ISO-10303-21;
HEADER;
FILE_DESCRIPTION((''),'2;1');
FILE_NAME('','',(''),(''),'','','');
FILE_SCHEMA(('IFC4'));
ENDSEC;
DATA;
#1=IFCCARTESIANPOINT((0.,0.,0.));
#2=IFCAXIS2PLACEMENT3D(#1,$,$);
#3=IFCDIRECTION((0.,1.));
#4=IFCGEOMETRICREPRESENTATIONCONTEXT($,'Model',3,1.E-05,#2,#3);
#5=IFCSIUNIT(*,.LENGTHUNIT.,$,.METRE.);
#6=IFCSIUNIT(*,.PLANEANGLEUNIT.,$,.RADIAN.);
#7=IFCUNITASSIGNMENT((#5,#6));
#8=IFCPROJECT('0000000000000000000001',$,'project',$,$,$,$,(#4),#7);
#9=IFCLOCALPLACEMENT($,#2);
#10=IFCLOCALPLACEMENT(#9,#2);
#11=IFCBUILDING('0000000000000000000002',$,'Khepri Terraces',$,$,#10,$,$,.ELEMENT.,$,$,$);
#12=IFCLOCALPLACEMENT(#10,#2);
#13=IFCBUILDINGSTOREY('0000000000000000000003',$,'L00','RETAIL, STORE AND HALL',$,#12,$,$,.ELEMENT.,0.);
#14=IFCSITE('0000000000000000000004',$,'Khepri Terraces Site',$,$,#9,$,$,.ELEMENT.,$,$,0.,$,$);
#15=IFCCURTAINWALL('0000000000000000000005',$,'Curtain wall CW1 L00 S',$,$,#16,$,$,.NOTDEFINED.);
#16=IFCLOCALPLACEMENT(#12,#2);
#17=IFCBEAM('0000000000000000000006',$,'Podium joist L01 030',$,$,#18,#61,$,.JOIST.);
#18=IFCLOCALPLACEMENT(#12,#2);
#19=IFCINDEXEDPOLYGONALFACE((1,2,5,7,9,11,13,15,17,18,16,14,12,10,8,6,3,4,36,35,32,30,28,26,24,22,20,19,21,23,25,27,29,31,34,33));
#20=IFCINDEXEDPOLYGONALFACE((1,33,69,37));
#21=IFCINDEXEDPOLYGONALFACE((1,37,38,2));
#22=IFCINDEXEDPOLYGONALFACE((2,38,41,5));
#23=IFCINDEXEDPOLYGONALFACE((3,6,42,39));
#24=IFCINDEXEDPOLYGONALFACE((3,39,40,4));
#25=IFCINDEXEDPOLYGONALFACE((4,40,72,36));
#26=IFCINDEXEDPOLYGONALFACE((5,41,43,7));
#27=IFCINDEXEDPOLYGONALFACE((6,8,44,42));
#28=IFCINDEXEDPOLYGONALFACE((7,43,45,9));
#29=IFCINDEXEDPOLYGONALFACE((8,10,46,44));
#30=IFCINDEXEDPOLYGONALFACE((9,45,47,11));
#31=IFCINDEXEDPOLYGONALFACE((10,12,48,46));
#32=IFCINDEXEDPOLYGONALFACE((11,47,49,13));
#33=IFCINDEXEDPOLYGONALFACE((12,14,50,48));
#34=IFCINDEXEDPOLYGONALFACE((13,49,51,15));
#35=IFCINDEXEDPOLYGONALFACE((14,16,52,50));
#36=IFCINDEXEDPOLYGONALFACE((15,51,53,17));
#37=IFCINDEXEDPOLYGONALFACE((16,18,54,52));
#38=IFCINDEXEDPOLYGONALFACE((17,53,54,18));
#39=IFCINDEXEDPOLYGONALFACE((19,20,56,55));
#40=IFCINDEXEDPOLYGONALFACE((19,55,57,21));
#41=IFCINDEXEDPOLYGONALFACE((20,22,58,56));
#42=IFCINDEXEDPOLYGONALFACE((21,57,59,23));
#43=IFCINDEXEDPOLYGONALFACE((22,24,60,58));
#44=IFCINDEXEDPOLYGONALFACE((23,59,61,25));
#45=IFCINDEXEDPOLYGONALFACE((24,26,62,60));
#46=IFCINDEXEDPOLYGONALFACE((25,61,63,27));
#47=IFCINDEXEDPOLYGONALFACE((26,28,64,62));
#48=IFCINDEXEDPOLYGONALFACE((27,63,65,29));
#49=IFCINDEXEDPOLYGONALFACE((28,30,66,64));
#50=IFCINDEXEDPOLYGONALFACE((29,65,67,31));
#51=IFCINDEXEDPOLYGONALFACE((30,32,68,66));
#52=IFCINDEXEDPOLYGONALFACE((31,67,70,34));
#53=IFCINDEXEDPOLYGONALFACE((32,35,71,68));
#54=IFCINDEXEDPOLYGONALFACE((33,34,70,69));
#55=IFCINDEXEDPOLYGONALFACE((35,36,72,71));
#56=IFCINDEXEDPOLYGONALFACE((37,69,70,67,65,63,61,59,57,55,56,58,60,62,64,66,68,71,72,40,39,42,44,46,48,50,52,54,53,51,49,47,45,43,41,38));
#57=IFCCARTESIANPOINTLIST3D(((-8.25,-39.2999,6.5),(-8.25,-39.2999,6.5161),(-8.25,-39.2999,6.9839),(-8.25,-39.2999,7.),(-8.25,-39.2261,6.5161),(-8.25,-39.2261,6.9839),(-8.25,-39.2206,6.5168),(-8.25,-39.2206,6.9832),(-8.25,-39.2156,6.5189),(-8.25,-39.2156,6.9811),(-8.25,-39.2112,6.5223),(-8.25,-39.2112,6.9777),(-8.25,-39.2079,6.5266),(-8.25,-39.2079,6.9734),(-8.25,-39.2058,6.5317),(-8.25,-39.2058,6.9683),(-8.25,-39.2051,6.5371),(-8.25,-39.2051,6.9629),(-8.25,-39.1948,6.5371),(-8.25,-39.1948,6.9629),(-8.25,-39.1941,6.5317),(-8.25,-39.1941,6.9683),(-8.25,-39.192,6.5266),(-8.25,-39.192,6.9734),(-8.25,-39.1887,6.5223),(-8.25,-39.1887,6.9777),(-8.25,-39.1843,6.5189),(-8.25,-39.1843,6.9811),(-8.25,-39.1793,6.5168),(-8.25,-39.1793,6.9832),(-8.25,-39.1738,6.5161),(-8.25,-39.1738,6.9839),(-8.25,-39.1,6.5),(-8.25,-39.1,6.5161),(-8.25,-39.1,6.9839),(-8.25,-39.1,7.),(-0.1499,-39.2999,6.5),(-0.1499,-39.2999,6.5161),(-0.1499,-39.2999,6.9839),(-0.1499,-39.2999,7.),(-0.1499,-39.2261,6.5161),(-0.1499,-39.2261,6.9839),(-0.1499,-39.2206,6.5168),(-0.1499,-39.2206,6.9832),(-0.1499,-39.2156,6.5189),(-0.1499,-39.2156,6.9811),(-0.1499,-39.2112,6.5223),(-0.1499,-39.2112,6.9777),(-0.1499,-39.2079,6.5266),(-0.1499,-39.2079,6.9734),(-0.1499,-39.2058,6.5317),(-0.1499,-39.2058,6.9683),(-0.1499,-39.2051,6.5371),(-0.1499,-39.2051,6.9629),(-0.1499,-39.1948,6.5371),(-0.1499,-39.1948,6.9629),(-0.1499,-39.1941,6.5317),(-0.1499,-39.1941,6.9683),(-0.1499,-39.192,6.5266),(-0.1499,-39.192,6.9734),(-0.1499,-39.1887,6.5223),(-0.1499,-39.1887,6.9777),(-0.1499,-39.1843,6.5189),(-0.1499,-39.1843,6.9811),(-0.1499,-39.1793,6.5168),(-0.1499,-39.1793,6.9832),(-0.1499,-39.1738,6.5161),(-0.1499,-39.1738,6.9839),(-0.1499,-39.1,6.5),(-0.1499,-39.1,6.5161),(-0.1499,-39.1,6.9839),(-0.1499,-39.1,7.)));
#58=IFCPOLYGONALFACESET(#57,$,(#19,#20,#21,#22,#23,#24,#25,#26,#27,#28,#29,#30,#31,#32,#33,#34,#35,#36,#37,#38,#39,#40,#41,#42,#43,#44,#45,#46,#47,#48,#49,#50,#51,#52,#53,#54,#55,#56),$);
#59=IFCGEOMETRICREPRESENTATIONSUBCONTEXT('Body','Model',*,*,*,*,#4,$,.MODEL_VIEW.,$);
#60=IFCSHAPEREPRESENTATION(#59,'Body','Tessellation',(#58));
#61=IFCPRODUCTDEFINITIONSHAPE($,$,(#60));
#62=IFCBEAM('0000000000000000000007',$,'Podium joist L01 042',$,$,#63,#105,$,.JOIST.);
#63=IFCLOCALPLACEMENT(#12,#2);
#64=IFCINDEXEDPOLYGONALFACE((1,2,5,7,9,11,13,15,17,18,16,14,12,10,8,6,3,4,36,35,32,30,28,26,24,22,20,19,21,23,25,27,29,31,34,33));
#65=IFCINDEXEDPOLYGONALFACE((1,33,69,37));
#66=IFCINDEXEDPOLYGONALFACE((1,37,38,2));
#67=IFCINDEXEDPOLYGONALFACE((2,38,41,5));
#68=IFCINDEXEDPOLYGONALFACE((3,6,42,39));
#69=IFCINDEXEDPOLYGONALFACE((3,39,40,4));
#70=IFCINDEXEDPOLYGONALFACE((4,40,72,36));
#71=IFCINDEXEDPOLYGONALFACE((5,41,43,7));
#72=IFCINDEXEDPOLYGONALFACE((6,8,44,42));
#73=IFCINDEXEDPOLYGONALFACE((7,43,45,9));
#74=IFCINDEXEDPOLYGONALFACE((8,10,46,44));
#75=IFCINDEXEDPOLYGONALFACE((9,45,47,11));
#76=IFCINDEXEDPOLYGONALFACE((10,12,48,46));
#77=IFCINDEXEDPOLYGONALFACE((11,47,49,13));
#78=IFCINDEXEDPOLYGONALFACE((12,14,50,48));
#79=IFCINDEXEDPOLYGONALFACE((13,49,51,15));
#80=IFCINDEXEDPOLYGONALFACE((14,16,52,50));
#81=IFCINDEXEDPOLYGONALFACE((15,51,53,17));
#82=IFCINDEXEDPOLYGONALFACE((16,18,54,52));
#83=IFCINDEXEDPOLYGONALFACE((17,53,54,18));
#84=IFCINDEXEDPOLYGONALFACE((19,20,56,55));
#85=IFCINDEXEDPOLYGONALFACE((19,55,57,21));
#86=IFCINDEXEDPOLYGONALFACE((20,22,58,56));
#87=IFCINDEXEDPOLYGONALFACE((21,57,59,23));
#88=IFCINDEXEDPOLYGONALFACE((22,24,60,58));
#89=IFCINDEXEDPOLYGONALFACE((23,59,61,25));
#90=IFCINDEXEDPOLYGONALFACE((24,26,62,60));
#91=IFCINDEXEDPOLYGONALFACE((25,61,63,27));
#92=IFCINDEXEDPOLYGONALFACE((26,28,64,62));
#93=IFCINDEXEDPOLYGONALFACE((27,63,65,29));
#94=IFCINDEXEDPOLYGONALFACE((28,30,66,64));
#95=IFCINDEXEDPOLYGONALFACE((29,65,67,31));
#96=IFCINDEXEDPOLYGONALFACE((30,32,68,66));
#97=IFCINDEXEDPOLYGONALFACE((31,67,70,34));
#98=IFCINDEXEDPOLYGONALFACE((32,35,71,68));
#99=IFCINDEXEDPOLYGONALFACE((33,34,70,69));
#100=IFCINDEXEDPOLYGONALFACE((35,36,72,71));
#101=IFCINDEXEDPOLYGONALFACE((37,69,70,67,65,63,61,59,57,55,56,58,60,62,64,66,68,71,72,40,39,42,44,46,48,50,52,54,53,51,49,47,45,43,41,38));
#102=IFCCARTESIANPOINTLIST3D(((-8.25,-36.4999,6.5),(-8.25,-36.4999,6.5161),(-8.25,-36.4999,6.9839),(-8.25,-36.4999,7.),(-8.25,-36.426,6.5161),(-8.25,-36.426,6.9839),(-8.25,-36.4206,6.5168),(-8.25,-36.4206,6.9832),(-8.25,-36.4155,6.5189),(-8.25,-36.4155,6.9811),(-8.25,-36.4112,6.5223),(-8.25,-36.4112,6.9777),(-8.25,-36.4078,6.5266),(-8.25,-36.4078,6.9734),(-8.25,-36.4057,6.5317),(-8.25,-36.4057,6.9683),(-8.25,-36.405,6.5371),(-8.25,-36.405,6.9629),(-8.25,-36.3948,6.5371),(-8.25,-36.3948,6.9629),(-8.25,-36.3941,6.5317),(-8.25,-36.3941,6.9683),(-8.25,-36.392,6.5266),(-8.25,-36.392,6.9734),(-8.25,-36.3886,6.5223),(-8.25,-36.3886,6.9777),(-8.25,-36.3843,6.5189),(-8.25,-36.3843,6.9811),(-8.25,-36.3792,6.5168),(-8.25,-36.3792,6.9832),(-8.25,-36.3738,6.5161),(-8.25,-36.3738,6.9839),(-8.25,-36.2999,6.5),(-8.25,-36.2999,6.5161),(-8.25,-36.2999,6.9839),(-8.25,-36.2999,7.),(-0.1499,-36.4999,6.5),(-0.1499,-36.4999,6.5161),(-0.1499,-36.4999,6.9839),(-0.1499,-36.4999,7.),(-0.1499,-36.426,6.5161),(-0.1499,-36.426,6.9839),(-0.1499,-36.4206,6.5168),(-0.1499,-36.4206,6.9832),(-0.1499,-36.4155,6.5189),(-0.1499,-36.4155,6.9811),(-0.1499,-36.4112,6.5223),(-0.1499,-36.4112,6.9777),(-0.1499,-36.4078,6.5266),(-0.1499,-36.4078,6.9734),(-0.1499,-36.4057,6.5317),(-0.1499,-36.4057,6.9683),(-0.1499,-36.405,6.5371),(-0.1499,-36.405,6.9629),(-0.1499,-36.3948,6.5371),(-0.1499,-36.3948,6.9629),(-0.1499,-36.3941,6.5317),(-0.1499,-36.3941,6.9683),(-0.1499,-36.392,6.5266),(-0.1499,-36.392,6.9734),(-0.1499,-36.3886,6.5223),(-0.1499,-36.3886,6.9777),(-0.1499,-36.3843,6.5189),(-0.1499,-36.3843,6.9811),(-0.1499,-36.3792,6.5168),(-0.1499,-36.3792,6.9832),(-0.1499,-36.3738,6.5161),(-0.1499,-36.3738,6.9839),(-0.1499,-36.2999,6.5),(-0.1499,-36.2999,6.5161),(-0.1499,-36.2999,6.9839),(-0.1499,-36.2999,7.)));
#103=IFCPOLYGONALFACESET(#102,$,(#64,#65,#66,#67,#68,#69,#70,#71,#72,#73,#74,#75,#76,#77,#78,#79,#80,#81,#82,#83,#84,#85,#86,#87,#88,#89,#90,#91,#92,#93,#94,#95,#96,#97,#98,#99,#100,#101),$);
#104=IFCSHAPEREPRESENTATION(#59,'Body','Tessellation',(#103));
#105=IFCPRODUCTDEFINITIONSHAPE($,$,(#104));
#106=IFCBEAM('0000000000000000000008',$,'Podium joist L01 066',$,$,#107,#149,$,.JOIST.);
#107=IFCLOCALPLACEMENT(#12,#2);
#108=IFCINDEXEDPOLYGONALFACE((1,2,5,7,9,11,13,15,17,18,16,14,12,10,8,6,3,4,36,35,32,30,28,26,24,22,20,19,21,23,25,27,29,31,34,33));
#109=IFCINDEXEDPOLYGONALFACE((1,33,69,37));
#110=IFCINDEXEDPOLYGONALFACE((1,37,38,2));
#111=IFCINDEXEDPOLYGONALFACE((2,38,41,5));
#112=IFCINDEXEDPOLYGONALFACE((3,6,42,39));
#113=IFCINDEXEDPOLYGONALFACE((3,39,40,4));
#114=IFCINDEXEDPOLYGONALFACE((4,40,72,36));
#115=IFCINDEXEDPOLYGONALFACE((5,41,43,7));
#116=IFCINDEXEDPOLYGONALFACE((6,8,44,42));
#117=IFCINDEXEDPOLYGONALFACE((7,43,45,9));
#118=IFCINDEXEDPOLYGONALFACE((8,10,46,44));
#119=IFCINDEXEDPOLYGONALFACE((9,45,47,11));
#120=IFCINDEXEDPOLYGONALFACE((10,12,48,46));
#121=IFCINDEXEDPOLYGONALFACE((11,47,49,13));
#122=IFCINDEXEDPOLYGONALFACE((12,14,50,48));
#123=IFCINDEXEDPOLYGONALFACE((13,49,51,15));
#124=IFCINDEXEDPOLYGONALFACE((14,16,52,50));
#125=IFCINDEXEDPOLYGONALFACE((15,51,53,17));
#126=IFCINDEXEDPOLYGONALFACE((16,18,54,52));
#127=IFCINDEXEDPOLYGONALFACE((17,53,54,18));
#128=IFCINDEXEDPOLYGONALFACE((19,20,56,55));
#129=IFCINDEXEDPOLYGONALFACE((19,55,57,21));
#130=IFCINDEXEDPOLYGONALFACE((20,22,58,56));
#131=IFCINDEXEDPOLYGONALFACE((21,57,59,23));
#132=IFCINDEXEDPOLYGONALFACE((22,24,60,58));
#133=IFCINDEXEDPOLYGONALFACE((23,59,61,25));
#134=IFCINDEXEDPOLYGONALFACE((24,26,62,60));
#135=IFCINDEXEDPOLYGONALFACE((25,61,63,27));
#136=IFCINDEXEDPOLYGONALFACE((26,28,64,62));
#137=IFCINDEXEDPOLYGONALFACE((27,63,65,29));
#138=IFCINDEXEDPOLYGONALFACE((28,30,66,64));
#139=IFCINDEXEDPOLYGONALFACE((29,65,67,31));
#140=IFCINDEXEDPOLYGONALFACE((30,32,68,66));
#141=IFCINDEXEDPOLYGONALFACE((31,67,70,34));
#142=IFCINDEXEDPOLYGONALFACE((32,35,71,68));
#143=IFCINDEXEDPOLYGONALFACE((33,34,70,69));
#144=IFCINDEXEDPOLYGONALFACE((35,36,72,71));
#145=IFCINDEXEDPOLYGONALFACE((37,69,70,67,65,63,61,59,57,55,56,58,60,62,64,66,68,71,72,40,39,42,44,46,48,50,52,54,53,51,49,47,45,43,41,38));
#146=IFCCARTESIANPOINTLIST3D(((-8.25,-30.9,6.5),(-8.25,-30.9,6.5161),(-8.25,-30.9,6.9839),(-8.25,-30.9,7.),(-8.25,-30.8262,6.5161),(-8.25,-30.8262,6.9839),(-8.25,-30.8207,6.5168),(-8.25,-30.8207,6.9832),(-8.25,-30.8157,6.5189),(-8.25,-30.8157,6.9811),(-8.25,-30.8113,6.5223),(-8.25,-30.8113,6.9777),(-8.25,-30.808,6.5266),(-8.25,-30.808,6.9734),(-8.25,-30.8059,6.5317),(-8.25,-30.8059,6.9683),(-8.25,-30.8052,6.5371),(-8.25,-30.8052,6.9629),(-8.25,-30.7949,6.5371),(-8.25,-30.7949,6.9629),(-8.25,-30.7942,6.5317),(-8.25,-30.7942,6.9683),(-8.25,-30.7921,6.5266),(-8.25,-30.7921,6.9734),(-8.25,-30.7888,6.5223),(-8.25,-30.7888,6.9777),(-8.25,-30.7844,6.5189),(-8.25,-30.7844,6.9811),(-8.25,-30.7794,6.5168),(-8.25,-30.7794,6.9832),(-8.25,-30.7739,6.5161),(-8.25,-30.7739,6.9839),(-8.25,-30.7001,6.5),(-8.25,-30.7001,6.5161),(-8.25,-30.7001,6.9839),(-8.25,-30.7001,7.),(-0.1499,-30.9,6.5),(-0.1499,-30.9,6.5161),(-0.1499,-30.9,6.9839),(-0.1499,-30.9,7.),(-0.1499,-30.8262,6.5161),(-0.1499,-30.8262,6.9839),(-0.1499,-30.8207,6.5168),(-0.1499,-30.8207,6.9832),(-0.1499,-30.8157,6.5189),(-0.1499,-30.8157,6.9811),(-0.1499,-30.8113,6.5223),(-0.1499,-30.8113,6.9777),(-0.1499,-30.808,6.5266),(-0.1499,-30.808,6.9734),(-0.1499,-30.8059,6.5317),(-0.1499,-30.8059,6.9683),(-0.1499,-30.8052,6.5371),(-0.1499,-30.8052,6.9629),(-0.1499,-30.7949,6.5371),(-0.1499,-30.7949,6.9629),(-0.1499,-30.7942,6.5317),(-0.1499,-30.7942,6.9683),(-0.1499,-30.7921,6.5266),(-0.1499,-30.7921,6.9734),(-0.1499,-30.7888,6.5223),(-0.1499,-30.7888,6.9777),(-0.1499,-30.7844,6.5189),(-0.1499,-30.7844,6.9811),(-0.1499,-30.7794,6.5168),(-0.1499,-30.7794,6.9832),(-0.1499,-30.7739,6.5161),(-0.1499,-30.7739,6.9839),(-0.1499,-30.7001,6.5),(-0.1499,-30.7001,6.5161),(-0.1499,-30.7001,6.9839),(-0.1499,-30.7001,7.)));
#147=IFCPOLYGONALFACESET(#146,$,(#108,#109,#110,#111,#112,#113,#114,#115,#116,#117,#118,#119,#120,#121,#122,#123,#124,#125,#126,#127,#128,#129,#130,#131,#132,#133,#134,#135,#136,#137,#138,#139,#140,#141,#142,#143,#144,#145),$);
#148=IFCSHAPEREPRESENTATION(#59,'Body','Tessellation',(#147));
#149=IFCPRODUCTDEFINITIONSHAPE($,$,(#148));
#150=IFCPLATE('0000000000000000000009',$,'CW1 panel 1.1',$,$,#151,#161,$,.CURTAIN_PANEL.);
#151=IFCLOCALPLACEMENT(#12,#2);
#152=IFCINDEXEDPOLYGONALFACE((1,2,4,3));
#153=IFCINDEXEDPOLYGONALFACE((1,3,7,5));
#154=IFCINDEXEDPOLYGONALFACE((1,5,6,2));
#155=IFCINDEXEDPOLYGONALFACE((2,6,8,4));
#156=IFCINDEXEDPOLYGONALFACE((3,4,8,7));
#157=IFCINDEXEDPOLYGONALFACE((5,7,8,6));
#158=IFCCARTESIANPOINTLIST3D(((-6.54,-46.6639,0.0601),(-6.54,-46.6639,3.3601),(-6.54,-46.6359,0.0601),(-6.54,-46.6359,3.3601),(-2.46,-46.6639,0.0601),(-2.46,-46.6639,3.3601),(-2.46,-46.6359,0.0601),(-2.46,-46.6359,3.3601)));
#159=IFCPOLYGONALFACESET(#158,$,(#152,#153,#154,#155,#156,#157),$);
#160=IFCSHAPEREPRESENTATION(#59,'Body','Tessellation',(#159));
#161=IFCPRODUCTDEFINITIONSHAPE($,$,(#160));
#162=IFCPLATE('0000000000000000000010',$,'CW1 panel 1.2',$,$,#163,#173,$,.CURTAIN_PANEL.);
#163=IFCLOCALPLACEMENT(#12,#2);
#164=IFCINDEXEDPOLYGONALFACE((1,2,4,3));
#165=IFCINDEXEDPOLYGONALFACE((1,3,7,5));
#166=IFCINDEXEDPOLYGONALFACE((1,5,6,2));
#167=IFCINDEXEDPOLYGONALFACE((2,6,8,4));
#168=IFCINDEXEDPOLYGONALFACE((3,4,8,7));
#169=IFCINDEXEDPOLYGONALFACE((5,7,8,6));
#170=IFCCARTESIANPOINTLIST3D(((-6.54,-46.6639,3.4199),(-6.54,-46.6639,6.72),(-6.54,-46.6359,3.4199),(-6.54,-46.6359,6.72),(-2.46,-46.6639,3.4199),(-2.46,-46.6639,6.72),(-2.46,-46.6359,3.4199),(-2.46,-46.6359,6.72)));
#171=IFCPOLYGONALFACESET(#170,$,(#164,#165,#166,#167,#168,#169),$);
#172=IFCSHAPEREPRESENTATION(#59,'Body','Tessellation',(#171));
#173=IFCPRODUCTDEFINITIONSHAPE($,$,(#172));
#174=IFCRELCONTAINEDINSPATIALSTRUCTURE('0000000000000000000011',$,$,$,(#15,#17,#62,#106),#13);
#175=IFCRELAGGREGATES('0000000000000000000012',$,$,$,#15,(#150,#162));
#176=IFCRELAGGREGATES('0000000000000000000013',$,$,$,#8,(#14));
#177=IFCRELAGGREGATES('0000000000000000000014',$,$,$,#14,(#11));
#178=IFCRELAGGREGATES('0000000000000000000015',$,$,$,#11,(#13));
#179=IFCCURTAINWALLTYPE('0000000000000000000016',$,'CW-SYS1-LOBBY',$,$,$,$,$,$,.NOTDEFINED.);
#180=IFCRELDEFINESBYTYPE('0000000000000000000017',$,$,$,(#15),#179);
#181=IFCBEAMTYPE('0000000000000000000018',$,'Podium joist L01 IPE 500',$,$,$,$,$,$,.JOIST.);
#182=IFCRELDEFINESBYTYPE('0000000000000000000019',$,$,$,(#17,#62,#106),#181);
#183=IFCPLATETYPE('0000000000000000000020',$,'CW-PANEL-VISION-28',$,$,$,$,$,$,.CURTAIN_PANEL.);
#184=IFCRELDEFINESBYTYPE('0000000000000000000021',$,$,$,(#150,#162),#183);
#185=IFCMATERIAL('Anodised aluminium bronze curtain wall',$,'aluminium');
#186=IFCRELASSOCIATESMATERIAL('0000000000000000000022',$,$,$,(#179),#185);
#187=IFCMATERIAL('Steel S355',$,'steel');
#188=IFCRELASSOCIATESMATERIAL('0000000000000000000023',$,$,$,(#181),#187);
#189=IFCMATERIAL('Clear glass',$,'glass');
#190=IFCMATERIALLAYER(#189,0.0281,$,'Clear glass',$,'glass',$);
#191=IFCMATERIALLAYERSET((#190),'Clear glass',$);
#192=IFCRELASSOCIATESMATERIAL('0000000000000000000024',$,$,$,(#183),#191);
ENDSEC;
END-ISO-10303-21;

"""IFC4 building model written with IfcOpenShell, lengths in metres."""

from ifc_helpers import new_model, si_unit, direction, frame, origin, origin_2d, place, context, subcontext, project, spatial, rectangle, i_section, extrude, material, layer, layer_set, material_profile, profile_set, type_object, element, aggregate, save


model = new_model("IFC4")

# Units and contexts
model_context = context("Model", 3, precision=1e-05, world=origin(), true_north=direction((0.0, 1.0)))
body_context = subcontext(model_context, "Body", "Model", "MODEL_VIEW")
ifc_project = project(units=[si_unit("LENGTHUNIT", "METRE"), si_unit("PLANEANGLEUNIT", "RADIAN")], contexts=[model_context])

# Site, building, storey
site_placement = place(None, origin())
site = spatial("IfcSite", under=ifc_project, at=site_placement, Name="Khepri Terraces Site", CompositionType="ELEMENT", RefElevation=0.0)
building_placement = place(site_placement, origin())
building = spatial("IfcBuilding", under=site, at=building_placement, Name="Khepri Terraces", CompositionType="ELEMENT")
storey_placement = place(building_placement, origin())
storey = spatial("IfcBuildingStorey", under=building, at=storey_placement, Name="L00", Description="RETAIL, STORE AND HALL", CompositionType="ELEMENT", Elevation=0.0)

# Curtain wall
ifc_material_1 = material(Name="Anodised aluminium bronze curtain wall", Category="aluminium")
curtain_wall_type = type_object("IfcCurtainWallType", Name="CW-SYS1-LOBBY", PredefinedType="NOTDEFINED", material=ifc_material_1)
curtain_wall_placement = place(storey_placement, origin())
curtain_wall = element("IfcCurtainWall", 1, at=curtain_wall_placement, inside=storey, type_object=curtain_wall_type, Name="Curtain wall CW1 L00 S", PredefinedType="NOTDEFINED")

# Beams
ifc_material_2 = material(Name="Steel S355", Category="steel")
ifc_material_profile_1 = material_profile(ifc_material_2, i_section(OverallWidth=0.2, OverallDepth=0.5, WebThickness=0.0103, FlangeThickness=0.0161, FilletRadius=0.021, at=origin_2d()), Name="Steel S355", Category="steel")
ifc_profile_set_1 = profile_set([ifc_material_profile_1], Name="Steel S355")
beam_type_1 = type_object("IfcBeamType", Name="Podium joist L01 IPE 500", PredefinedType="JOIST", material=ifc_profile_set_1)
for number, where, z_axis, x_axis, name in (
    (2, (-8.25, -39.2, 6.75), (1.0, 0.0, 0.0), (0.0, 1.0, 0.0), "Podium joist L01 030"),
    (3, (-8.25, -36.3999, 6.75), (1.0, 0.0, 0.0), (0.0, 1.0, 0.0), "Podium joist L01 042"),
    (4, (-8.25, -30.8, 6.75), (1.0, 0.0, 0.0), (0.0, 1.0, 0.0), "Podium joist L01 066"),
):
    element("IfcBeam", number, at=place(storey_placement, frame(where, z_axis=z_axis, x_axis=x_axis)), inside=storey, type_object=beam_type_1, Name=name, PredefinedType="JOIST", context=body_context, shape_type="SweptSolid", body=[
        extrude(i_section(OverallWidth=0.2, OverallDepth=0.5, WebThickness=0.0103, FlangeThickness=0.0161, FilletRadius=0.021, at=origin_2d()), origin(), (0.0, 0.0, 1.0), 8.1001),
    ])

# Plates
ifc_material_3 = material(Name="Clear glass", Category="glass")
ifc_layer_1 = layer(ifc_material_3, 0.0281, Name="Clear glass", Category="glass")
ifc_layer_set_1 = layer_set([ifc_layer_1], Name="Clear glass")
plate_type = type_object("IfcPlateType", Name="CW-PANEL-VISION-28", PredefinedType="CURTAIN_PANEL", material=ifc_layer_set_1)
plate_1_placement = place(storey_placement, frame((-4.5, -46.6499, 0.0601), z_axis=(0.0, 0.0, 1.0), x_axis=(1.0, 0.0, 0.0)))
plate_1 = element("IfcPlate", 5, at=plate_1_placement, type_object=plate_type, Name="CW1 panel 1.1", PredefinedType="CURTAIN_PANEL", context=body_context, shape_type="SweptSolid", body=[
    extrude(rectangle(XDim=4.0801, YDim=0.0281, at=origin_2d()), origin(), (0.0, 0.0, 1.0), 3.3),
])
plate_2_placement = place(storey_placement, frame((-4.5, -46.6499, 3.4199), z_axis=(0.0, 0.0, 1.0), x_axis=(1.0, 0.0, 0.0)))
plate_2 = element("IfcPlate", 6, at=plate_2_placement, type_object=plate_type, Name="CW1 panel 1.2", PredefinedType="CURTAIN_PANEL", context=body_context, shape_type="SweptSolid", body=[
    extrude(rectangle(XDim=4.0801, YDim=0.0281, at=origin_2d()), origin(), (0.0, 0.0, 1.0), 3.3),
])
aggregate(curtain_wall, [plate_1, plate_2])

save(model, "model.ifc")
